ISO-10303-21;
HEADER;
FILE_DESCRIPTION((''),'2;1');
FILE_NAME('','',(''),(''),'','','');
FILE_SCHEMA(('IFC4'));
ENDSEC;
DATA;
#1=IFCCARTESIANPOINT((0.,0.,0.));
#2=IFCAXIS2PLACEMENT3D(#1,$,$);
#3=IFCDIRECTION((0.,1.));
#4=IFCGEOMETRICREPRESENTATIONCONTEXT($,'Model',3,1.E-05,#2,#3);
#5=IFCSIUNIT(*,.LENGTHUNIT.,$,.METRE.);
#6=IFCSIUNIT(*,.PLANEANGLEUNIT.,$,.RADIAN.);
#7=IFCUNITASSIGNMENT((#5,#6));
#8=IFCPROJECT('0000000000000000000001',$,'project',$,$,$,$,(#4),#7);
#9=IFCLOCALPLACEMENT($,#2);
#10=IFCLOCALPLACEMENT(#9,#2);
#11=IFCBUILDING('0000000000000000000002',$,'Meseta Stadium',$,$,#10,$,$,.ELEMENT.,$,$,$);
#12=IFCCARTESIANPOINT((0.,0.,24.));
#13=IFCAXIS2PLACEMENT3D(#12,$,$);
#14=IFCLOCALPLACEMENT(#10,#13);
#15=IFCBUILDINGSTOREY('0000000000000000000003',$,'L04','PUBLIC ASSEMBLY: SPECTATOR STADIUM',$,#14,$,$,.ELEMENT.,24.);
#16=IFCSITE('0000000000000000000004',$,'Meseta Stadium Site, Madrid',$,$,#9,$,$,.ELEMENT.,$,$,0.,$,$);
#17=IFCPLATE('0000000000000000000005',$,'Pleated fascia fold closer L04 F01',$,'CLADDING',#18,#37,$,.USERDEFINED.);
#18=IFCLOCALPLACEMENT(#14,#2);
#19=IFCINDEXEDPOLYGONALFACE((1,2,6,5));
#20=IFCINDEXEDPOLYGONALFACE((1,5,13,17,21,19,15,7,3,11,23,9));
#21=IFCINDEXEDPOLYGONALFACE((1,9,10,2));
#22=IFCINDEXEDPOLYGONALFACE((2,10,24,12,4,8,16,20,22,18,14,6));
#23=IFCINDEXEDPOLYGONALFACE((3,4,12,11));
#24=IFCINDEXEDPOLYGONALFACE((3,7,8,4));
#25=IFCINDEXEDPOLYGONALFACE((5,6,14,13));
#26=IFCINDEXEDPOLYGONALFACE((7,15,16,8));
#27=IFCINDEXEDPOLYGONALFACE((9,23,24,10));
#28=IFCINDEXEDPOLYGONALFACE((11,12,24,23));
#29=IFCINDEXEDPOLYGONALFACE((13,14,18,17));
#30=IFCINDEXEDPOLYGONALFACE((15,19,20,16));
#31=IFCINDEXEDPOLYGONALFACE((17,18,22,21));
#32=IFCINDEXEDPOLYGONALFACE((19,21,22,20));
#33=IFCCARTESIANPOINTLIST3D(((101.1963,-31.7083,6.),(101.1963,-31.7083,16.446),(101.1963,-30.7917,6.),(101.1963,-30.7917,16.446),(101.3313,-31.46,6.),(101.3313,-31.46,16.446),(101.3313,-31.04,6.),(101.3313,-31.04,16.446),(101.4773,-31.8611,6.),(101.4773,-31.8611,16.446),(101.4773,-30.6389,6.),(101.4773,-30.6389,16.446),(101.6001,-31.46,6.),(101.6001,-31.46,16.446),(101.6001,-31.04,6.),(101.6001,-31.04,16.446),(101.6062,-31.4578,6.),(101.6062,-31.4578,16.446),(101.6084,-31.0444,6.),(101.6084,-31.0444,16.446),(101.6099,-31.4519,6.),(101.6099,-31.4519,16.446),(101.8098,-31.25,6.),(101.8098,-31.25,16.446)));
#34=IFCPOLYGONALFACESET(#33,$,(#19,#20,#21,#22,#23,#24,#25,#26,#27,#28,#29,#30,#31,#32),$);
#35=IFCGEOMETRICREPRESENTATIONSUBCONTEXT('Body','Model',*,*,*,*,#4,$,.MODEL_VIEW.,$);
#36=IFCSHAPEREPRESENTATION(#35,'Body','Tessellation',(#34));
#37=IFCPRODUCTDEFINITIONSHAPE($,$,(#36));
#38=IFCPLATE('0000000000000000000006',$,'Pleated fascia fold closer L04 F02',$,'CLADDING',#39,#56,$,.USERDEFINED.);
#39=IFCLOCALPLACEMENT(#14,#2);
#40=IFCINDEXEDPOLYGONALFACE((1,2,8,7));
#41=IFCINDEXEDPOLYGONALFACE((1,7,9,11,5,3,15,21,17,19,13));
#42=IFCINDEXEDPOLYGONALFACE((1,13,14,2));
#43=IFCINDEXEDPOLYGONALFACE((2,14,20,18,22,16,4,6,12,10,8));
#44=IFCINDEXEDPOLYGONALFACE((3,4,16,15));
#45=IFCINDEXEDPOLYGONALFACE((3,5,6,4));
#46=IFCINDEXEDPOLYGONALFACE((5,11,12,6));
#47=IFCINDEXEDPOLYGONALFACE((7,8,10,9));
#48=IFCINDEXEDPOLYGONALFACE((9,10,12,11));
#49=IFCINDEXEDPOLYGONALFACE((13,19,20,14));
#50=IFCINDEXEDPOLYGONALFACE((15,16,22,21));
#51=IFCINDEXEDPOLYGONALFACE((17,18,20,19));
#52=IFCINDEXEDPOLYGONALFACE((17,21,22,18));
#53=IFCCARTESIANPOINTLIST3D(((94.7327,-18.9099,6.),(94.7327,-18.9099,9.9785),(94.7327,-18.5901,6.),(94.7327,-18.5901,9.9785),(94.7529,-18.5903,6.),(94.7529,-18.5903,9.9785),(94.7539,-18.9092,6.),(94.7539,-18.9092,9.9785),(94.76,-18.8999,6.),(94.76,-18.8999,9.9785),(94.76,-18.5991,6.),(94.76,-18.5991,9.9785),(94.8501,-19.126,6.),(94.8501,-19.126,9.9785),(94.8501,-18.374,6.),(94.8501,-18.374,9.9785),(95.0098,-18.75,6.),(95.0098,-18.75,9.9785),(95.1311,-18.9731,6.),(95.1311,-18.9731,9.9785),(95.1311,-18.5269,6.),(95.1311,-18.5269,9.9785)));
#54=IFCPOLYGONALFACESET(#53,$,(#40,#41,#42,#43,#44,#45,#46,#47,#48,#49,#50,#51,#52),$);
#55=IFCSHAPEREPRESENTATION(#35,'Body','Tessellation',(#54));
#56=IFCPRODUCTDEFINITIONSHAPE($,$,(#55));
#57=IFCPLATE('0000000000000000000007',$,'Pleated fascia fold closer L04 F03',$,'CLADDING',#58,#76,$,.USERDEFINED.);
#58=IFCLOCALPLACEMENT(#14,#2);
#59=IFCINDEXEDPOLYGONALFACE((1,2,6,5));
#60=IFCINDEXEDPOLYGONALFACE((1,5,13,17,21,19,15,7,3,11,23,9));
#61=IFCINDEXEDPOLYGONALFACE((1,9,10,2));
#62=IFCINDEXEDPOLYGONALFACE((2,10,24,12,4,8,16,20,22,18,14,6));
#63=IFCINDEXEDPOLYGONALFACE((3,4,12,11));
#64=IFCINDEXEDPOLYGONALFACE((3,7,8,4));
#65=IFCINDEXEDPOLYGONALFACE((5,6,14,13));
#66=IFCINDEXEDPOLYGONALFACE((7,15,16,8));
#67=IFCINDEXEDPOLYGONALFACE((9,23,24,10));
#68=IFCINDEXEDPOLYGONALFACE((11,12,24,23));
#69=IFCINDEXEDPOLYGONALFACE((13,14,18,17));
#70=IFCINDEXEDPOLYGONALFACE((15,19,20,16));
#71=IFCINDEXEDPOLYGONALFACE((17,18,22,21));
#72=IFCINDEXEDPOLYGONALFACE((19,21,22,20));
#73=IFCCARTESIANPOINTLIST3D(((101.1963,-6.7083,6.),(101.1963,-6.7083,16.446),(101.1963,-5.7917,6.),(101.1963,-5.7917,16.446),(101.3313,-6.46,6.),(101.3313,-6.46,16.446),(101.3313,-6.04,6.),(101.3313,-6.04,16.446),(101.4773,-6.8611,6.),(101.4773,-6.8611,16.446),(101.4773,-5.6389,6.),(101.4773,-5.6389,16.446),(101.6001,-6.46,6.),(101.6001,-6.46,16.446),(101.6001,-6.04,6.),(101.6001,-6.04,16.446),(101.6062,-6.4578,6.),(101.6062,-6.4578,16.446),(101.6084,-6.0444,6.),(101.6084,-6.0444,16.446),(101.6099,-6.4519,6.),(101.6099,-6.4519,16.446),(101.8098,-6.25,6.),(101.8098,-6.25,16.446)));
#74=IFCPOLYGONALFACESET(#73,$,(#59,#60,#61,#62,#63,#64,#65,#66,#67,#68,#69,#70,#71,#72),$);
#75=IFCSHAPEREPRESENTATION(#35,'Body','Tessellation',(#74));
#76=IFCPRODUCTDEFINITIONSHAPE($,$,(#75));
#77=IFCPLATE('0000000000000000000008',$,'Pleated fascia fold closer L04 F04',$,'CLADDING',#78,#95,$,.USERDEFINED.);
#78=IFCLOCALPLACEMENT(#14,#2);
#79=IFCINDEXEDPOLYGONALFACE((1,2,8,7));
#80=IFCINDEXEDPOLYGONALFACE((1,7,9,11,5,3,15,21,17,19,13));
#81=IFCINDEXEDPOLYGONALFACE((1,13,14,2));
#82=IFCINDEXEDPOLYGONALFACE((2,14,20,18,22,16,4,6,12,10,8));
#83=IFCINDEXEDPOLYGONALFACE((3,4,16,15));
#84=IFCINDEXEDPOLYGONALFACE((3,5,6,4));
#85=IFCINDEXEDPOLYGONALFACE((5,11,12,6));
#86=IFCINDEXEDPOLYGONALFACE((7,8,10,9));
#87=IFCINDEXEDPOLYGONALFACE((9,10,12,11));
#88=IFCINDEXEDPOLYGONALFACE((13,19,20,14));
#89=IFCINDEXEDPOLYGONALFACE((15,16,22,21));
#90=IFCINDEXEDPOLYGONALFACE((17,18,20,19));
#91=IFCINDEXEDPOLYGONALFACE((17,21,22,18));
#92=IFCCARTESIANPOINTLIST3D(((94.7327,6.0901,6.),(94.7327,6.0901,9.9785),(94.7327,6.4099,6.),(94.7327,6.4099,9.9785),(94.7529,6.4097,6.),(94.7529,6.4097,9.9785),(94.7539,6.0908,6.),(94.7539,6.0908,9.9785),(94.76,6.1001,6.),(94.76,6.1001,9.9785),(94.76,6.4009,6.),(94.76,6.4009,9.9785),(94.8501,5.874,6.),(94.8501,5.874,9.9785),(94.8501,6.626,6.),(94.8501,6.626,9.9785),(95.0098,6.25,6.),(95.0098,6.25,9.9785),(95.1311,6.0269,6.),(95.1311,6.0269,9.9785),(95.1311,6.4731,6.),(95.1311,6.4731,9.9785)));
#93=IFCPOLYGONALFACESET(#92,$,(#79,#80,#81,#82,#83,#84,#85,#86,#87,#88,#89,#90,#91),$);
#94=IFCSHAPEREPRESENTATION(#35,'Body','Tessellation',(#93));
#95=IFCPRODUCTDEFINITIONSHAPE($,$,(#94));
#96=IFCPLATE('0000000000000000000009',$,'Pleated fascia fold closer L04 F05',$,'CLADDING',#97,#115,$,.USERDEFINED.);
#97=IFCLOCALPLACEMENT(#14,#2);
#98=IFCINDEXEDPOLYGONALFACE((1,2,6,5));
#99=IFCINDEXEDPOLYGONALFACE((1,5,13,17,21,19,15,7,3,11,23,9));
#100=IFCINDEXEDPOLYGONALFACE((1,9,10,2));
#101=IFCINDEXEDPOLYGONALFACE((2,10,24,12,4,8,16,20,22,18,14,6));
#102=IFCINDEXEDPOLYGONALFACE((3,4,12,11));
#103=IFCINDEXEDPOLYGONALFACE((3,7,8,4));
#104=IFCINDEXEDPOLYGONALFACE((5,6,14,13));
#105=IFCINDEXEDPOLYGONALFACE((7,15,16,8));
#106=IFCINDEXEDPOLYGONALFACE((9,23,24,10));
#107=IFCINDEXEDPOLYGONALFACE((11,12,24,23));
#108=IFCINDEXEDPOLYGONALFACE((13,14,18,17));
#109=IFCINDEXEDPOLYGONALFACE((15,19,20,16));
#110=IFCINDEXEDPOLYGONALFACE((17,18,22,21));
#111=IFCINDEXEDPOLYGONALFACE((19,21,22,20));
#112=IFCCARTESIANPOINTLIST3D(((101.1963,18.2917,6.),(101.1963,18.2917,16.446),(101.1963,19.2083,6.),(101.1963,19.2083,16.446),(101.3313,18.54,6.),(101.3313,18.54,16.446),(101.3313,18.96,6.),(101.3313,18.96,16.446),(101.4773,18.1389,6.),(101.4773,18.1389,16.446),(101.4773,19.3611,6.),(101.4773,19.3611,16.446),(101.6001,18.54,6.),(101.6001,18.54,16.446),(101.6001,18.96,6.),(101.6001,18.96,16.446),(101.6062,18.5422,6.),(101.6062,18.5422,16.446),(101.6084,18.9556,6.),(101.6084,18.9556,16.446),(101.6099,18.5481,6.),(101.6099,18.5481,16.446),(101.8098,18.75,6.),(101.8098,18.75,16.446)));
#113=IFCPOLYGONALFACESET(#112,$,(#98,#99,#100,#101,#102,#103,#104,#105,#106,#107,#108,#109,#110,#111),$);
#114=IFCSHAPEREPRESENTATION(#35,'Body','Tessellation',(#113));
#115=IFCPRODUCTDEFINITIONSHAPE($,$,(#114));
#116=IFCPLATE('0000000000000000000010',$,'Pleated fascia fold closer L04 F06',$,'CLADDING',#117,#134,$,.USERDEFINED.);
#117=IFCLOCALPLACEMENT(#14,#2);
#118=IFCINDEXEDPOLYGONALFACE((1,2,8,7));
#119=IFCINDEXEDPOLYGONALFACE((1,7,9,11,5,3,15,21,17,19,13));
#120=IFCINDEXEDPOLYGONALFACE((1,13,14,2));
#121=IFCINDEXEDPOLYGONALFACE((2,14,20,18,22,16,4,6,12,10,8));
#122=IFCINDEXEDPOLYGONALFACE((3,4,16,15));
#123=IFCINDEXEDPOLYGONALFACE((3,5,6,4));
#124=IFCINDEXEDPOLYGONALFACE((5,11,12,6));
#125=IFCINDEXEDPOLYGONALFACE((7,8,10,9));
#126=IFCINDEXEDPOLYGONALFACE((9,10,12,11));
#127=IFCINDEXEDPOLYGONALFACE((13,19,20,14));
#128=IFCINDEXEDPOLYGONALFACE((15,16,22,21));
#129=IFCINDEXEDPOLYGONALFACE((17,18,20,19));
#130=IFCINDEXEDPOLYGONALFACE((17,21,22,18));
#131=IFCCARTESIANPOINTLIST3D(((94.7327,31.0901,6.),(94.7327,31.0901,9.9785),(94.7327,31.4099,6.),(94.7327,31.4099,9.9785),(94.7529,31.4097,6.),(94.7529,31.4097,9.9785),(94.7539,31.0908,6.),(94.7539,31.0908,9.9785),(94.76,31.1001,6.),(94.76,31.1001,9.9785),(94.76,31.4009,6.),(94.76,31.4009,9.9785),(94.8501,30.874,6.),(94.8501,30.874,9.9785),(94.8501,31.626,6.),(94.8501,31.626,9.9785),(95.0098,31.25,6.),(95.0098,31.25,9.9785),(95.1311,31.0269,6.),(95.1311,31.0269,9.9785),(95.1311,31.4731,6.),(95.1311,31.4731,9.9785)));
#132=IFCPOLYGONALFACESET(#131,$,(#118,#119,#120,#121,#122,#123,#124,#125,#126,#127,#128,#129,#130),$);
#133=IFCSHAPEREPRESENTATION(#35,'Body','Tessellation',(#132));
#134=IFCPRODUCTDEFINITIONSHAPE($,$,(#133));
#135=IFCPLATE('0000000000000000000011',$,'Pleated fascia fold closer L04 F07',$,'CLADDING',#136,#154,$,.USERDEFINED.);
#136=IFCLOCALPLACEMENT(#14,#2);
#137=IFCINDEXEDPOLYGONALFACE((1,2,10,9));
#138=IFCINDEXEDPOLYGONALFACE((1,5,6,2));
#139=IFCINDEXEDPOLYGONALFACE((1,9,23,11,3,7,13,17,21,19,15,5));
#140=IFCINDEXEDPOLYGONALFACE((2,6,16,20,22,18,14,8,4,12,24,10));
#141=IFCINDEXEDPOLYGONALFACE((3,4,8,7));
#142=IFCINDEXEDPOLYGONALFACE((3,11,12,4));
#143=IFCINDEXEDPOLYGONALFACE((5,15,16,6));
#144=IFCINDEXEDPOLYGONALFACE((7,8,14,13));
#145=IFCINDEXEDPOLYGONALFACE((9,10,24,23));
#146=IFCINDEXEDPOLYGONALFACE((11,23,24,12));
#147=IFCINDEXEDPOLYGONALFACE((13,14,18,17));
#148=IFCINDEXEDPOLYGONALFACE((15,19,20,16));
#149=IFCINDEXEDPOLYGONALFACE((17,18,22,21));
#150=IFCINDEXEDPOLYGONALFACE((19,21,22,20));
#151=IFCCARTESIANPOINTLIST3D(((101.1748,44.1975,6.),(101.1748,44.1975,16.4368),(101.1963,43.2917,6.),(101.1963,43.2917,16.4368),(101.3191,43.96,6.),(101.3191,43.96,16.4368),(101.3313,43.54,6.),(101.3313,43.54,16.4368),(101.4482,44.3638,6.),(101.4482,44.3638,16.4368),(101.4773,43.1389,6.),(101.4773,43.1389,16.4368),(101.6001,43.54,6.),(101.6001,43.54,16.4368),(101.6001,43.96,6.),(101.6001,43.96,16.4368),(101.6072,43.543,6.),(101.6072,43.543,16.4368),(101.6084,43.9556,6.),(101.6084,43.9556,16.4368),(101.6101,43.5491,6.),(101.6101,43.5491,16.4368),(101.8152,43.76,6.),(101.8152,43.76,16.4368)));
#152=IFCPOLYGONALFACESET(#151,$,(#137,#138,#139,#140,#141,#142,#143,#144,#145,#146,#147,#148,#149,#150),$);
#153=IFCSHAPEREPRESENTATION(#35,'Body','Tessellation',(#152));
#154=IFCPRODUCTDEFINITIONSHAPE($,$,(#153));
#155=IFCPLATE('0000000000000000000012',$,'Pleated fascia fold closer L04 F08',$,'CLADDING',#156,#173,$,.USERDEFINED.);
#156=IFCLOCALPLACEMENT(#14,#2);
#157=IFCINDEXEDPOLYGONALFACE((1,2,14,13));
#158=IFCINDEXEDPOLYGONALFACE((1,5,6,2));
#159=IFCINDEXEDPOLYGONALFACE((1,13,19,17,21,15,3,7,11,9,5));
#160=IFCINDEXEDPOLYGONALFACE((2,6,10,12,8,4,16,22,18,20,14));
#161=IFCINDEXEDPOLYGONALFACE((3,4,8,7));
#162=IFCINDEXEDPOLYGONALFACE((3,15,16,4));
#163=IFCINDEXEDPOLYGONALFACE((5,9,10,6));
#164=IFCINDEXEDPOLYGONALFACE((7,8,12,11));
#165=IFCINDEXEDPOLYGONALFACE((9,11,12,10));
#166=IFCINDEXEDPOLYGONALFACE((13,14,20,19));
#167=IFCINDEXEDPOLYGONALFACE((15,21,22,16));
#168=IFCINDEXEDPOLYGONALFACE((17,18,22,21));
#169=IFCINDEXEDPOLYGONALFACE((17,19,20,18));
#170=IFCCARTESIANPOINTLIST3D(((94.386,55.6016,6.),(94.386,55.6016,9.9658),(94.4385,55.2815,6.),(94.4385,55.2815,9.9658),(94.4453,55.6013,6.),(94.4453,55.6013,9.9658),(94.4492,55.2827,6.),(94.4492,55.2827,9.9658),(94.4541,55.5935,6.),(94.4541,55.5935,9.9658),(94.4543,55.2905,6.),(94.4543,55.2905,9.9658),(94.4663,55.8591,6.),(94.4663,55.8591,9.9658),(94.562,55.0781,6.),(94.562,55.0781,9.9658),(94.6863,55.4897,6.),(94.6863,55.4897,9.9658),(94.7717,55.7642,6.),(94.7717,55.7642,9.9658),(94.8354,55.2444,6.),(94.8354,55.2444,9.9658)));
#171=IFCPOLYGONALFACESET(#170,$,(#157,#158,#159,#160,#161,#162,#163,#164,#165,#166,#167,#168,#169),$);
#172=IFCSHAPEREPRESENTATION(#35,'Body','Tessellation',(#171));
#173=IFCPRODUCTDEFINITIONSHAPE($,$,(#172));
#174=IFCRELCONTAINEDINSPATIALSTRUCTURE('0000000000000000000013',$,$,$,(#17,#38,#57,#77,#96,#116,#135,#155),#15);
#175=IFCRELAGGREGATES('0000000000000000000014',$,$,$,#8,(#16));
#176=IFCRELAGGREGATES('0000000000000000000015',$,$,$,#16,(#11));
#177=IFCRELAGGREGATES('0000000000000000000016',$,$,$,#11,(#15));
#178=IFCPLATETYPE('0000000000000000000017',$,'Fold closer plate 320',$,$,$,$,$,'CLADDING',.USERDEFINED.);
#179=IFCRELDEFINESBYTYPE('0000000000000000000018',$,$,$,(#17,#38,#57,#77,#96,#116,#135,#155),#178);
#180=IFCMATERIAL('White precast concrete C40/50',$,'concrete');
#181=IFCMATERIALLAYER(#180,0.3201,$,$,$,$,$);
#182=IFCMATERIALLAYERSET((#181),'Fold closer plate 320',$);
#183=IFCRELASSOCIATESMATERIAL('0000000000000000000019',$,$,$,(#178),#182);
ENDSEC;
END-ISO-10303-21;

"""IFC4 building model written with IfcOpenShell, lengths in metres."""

from ifc_helpers import new_model, si_unit, direction, frame, origin, place, context, subcontext, project, spatial, polyline, outline, extrude, material, layer, layer_set, type_object, element, save


model = new_model("IFC4")

# Units and contexts
model_context = context("Model", 3, precision=1e-05, world=origin(), true_north=direction((0.0, 1.0)))
body_context = subcontext(model_context, "Body", "Model", "MODEL_VIEW")
ifc_project = project(units=[si_unit("LENGTHUNIT", "METRE"), si_unit("PLANEANGLEUNIT", "RADIAN")], contexts=[model_context])

# Site, building, storey
site_placement = place(None, origin())
site = spatial("IfcSite", under=ifc_project, at=site_placement, Name="Meseta Stadium Site, Madrid", CompositionType="ELEMENT", RefElevation=0.0)
building_placement = place(site_placement, origin())
building = spatial("IfcBuilding", under=site, at=building_placement, Name="Meseta Stadium", CompositionType="ELEMENT")
storey_placement = place(building_placement, frame((0.0, 0.0, 24.0)))
storey = spatial("IfcBuildingStorey", under=building, at=storey_placement, Name="L04", Description="PUBLIC ASSEMBLY: SPECTATOR STADIUM", CompositionType="ELEMENT", Elevation=24.0)

# Plates
ifc_material_1 = material(Name="White precast concrete C40/50", Category="concrete")
ifc_layer_1 = layer(ifc_material_1, 0.3201)
ifc_layer_set_1 = layer_set([ifc_layer_1], Name="Fold closer plate 320")
plate_type = type_object("IfcPlateType", Name="Fold closer plate 320", ElementType="CLADDING", PredefinedType="USERDEFINED", material=ifc_layer_set_1)
plate_1_placement = place(storey_placement, frame((0.0, 0.0, 6.0)))
element("IfcPlate", 1, at=plate_1_placement, inside=storey, type_object=plate_type, Name="Pleated fascia fold closer L04 F01", ObjectType="CLADDING", PredefinedType="USERDEFINED", context=body_context, shape_type="SweptSolid", body=[
    extrude(outline(polyline([(101.3313, -31.46), (101.1963, -31.7083), (101.4773, -31.8611), (101.8098, -31.25), (101.4773, -30.6389), (101.1963, -30.7917), (101.3313, -31.04), (101.6001, -31.04), (101.6084, -31.0444), (101.6099, -31.4519), (101.6062, -31.4578), (101.6001, -31.46), (101.3313, -31.46)])), origin(), (0.0, 0.0, 1.0), 10.446),
])
plate_2_placement = place(storey_placement, frame((0.0, 0.0, 6.0)))
element("IfcPlate", 2, at=plate_2_placement, inside=storey, type_object=plate_type, Name="Pleated fascia fold closer L04 F02", ObjectType="CLADDING", PredefinedType="USERDEFINED", context=body_context, shape_type="SweptSolid", body=[
    extrude(outline(polyline([(94.7327, -18.9099), (94.8501, -19.126), (95.1311, -18.9731), (95.0098, -18.75), (95.1311, -18.5269), (94.8501, -18.374), (94.7327, -18.5901), (94.7529, -18.5903), (94.76, -18.5991), (94.76, -18.8999), (94.7539, -18.9092), (94.7327, -18.9099)])), origin(), (0.0, 0.0, 1.0), 3.9785),
])
plate_3_placement = place(storey_placement, frame((0.0, 0.0, 6.0)))
element("IfcPlate", 3, at=plate_3_placement, inside=storey, type_object=plate_type, Name="Pleated fascia fold closer L04 F03", ObjectType="CLADDING", PredefinedType="USERDEFINED", context=body_context, shape_type="SweptSolid", body=[
    extrude(outline(polyline([(101.3313, -6.46), (101.1963, -6.7083), (101.4773, -6.8611), (101.8098, -6.25), (101.4773, -5.6389), (101.1963, -5.7917), (101.3313, -6.04), (101.6001, -6.04), (101.6084, -6.0444), (101.6099, -6.4519), (101.6062, -6.4578), (101.6001, -6.46), (101.3313, -6.46)])), origin(), (0.0, 0.0, 1.0), 10.446),
])
plate_4_placement = place(storey_placement, frame((0.0, 0.0, 6.0)))
element("IfcPlate", 4, at=plate_4_placement, inside=storey, type_object=plate_type, Name="Pleated fascia fold closer L04 F04", ObjectType="CLADDING", PredefinedType="USERDEFINED", context=body_context, shape_type="SweptSolid", body=[
    extrude(outline(polyline([(94.7327, 6.0901), (94.8501, 5.874), (95.1311, 6.0269), (95.0098, 6.25), (95.1311, 6.4731), (94.8501, 6.626), (94.7327, 6.4099), (94.7529, 6.4097), (94.76, 6.4009), (94.76, 6.1001), (94.7539, 6.0908), (94.7327, 6.0901)])), origin(), (0.0, 0.0, 1.0), 3.9785),
])
plate_5_placement = place(storey_placement, frame((0.0, 0.0, 6.0)))
element("IfcPlate", 5, at=plate_5_placement, inside=storey, type_object=plate_type, Name="Pleated fascia fold closer L04 F05", ObjectType="CLADDING", PredefinedType="USERDEFINED", context=body_context, shape_type="SweptSolid", body=[
    extrude(outline(polyline([(101.3313, 18.54), (101.1963, 18.2917), (101.4773, 18.1389), (101.8098, 18.75), (101.4773, 19.3611), (101.1963, 19.2083), (101.3313, 18.96), (101.6001, 18.96), (101.6084, 18.9556), (101.6099, 18.5481), (101.6062, 18.5422), (101.6001, 18.54), (101.3313, 18.54)])), origin(), (0.0, 0.0, 1.0), 10.446),
])
plate_6_placement = place(storey_placement, frame((0.0, 0.0, 6.0)))
element("IfcPlate", 6, at=plate_6_placement, inside=storey, type_object=plate_type, Name="Pleated fascia fold closer L04 F06", ObjectType="CLADDING", PredefinedType="USERDEFINED", context=body_context, shape_type="SweptSolid", body=[
    extrude(outline(polyline([(94.7327, 31.0901), (94.8501, 30.874), (95.1311, 31.0269), (95.0098, 31.25), (95.1311, 31.4731), (94.8501, 31.626), (94.7327, 31.4099), (94.7529, 31.4097), (94.76, 31.4009), (94.76, 31.1001), (94.7539, 31.0908), (94.7327, 31.0901)])), origin(), (0.0, 0.0, 1.0), 3.9785),
])
plate_7_placement = place(storey_placement, frame((0.0, 0.0, 6.0)))
element("IfcPlate", 7, at=plate_7_placement, inside=storey, type_object=plate_type, Name="Pleated fascia fold closer L04 F07", ObjectType="CLADDING", PredefinedType="USERDEFINED", context=body_context, shape_type="SweptSolid", body=[
    extrude(outline(polyline([(101.3313, 43.54), (101.1963, 43.2917), (101.4773, 43.1389), (101.8152, 43.76), (101.4482, 44.3638), (101.1748, 44.1975), (101.3191, 43.96), (101.6001, 43.96), (101.6084, 43.9556), (101.6101, 43.5491), (101.6072, 43.543), (101.6001, 43.54), (101.3313, 43.54)])), origin(), (0.0, 0.0, 1.0), 10.4368),
])
plate_8_placement = place(storey_placement, frame((0.0, 0.0, 6.0)))
element("IfcPlate", 8, at=plate_8_placement, inside=storey, type_object=plate_type, Name="Pleated fascia fold closer L04 F08", ObjectType="CLADDING", PredefinedType="USERDEFINED", context=body_context, shape_type="SweptSolid", body=[
    extrude(outline(polyline([(94.4385, 55.2815), (94.562, 55.0781), (94.8354, 55.2444), (94.6863, 55.4897), (94.7717, 55.7642), (94.4663, 55.8591), (94.386, 55.6016), (94.4453, 55.6013), (94.4541, 55.5935), (94.4543, 55.2905), (94.4492, 55.2827), (94.4385, 55.2815)])), origin(), (0.0, 0.0, 1.0), 3.9658),
])

save(model, "model.ifc")
